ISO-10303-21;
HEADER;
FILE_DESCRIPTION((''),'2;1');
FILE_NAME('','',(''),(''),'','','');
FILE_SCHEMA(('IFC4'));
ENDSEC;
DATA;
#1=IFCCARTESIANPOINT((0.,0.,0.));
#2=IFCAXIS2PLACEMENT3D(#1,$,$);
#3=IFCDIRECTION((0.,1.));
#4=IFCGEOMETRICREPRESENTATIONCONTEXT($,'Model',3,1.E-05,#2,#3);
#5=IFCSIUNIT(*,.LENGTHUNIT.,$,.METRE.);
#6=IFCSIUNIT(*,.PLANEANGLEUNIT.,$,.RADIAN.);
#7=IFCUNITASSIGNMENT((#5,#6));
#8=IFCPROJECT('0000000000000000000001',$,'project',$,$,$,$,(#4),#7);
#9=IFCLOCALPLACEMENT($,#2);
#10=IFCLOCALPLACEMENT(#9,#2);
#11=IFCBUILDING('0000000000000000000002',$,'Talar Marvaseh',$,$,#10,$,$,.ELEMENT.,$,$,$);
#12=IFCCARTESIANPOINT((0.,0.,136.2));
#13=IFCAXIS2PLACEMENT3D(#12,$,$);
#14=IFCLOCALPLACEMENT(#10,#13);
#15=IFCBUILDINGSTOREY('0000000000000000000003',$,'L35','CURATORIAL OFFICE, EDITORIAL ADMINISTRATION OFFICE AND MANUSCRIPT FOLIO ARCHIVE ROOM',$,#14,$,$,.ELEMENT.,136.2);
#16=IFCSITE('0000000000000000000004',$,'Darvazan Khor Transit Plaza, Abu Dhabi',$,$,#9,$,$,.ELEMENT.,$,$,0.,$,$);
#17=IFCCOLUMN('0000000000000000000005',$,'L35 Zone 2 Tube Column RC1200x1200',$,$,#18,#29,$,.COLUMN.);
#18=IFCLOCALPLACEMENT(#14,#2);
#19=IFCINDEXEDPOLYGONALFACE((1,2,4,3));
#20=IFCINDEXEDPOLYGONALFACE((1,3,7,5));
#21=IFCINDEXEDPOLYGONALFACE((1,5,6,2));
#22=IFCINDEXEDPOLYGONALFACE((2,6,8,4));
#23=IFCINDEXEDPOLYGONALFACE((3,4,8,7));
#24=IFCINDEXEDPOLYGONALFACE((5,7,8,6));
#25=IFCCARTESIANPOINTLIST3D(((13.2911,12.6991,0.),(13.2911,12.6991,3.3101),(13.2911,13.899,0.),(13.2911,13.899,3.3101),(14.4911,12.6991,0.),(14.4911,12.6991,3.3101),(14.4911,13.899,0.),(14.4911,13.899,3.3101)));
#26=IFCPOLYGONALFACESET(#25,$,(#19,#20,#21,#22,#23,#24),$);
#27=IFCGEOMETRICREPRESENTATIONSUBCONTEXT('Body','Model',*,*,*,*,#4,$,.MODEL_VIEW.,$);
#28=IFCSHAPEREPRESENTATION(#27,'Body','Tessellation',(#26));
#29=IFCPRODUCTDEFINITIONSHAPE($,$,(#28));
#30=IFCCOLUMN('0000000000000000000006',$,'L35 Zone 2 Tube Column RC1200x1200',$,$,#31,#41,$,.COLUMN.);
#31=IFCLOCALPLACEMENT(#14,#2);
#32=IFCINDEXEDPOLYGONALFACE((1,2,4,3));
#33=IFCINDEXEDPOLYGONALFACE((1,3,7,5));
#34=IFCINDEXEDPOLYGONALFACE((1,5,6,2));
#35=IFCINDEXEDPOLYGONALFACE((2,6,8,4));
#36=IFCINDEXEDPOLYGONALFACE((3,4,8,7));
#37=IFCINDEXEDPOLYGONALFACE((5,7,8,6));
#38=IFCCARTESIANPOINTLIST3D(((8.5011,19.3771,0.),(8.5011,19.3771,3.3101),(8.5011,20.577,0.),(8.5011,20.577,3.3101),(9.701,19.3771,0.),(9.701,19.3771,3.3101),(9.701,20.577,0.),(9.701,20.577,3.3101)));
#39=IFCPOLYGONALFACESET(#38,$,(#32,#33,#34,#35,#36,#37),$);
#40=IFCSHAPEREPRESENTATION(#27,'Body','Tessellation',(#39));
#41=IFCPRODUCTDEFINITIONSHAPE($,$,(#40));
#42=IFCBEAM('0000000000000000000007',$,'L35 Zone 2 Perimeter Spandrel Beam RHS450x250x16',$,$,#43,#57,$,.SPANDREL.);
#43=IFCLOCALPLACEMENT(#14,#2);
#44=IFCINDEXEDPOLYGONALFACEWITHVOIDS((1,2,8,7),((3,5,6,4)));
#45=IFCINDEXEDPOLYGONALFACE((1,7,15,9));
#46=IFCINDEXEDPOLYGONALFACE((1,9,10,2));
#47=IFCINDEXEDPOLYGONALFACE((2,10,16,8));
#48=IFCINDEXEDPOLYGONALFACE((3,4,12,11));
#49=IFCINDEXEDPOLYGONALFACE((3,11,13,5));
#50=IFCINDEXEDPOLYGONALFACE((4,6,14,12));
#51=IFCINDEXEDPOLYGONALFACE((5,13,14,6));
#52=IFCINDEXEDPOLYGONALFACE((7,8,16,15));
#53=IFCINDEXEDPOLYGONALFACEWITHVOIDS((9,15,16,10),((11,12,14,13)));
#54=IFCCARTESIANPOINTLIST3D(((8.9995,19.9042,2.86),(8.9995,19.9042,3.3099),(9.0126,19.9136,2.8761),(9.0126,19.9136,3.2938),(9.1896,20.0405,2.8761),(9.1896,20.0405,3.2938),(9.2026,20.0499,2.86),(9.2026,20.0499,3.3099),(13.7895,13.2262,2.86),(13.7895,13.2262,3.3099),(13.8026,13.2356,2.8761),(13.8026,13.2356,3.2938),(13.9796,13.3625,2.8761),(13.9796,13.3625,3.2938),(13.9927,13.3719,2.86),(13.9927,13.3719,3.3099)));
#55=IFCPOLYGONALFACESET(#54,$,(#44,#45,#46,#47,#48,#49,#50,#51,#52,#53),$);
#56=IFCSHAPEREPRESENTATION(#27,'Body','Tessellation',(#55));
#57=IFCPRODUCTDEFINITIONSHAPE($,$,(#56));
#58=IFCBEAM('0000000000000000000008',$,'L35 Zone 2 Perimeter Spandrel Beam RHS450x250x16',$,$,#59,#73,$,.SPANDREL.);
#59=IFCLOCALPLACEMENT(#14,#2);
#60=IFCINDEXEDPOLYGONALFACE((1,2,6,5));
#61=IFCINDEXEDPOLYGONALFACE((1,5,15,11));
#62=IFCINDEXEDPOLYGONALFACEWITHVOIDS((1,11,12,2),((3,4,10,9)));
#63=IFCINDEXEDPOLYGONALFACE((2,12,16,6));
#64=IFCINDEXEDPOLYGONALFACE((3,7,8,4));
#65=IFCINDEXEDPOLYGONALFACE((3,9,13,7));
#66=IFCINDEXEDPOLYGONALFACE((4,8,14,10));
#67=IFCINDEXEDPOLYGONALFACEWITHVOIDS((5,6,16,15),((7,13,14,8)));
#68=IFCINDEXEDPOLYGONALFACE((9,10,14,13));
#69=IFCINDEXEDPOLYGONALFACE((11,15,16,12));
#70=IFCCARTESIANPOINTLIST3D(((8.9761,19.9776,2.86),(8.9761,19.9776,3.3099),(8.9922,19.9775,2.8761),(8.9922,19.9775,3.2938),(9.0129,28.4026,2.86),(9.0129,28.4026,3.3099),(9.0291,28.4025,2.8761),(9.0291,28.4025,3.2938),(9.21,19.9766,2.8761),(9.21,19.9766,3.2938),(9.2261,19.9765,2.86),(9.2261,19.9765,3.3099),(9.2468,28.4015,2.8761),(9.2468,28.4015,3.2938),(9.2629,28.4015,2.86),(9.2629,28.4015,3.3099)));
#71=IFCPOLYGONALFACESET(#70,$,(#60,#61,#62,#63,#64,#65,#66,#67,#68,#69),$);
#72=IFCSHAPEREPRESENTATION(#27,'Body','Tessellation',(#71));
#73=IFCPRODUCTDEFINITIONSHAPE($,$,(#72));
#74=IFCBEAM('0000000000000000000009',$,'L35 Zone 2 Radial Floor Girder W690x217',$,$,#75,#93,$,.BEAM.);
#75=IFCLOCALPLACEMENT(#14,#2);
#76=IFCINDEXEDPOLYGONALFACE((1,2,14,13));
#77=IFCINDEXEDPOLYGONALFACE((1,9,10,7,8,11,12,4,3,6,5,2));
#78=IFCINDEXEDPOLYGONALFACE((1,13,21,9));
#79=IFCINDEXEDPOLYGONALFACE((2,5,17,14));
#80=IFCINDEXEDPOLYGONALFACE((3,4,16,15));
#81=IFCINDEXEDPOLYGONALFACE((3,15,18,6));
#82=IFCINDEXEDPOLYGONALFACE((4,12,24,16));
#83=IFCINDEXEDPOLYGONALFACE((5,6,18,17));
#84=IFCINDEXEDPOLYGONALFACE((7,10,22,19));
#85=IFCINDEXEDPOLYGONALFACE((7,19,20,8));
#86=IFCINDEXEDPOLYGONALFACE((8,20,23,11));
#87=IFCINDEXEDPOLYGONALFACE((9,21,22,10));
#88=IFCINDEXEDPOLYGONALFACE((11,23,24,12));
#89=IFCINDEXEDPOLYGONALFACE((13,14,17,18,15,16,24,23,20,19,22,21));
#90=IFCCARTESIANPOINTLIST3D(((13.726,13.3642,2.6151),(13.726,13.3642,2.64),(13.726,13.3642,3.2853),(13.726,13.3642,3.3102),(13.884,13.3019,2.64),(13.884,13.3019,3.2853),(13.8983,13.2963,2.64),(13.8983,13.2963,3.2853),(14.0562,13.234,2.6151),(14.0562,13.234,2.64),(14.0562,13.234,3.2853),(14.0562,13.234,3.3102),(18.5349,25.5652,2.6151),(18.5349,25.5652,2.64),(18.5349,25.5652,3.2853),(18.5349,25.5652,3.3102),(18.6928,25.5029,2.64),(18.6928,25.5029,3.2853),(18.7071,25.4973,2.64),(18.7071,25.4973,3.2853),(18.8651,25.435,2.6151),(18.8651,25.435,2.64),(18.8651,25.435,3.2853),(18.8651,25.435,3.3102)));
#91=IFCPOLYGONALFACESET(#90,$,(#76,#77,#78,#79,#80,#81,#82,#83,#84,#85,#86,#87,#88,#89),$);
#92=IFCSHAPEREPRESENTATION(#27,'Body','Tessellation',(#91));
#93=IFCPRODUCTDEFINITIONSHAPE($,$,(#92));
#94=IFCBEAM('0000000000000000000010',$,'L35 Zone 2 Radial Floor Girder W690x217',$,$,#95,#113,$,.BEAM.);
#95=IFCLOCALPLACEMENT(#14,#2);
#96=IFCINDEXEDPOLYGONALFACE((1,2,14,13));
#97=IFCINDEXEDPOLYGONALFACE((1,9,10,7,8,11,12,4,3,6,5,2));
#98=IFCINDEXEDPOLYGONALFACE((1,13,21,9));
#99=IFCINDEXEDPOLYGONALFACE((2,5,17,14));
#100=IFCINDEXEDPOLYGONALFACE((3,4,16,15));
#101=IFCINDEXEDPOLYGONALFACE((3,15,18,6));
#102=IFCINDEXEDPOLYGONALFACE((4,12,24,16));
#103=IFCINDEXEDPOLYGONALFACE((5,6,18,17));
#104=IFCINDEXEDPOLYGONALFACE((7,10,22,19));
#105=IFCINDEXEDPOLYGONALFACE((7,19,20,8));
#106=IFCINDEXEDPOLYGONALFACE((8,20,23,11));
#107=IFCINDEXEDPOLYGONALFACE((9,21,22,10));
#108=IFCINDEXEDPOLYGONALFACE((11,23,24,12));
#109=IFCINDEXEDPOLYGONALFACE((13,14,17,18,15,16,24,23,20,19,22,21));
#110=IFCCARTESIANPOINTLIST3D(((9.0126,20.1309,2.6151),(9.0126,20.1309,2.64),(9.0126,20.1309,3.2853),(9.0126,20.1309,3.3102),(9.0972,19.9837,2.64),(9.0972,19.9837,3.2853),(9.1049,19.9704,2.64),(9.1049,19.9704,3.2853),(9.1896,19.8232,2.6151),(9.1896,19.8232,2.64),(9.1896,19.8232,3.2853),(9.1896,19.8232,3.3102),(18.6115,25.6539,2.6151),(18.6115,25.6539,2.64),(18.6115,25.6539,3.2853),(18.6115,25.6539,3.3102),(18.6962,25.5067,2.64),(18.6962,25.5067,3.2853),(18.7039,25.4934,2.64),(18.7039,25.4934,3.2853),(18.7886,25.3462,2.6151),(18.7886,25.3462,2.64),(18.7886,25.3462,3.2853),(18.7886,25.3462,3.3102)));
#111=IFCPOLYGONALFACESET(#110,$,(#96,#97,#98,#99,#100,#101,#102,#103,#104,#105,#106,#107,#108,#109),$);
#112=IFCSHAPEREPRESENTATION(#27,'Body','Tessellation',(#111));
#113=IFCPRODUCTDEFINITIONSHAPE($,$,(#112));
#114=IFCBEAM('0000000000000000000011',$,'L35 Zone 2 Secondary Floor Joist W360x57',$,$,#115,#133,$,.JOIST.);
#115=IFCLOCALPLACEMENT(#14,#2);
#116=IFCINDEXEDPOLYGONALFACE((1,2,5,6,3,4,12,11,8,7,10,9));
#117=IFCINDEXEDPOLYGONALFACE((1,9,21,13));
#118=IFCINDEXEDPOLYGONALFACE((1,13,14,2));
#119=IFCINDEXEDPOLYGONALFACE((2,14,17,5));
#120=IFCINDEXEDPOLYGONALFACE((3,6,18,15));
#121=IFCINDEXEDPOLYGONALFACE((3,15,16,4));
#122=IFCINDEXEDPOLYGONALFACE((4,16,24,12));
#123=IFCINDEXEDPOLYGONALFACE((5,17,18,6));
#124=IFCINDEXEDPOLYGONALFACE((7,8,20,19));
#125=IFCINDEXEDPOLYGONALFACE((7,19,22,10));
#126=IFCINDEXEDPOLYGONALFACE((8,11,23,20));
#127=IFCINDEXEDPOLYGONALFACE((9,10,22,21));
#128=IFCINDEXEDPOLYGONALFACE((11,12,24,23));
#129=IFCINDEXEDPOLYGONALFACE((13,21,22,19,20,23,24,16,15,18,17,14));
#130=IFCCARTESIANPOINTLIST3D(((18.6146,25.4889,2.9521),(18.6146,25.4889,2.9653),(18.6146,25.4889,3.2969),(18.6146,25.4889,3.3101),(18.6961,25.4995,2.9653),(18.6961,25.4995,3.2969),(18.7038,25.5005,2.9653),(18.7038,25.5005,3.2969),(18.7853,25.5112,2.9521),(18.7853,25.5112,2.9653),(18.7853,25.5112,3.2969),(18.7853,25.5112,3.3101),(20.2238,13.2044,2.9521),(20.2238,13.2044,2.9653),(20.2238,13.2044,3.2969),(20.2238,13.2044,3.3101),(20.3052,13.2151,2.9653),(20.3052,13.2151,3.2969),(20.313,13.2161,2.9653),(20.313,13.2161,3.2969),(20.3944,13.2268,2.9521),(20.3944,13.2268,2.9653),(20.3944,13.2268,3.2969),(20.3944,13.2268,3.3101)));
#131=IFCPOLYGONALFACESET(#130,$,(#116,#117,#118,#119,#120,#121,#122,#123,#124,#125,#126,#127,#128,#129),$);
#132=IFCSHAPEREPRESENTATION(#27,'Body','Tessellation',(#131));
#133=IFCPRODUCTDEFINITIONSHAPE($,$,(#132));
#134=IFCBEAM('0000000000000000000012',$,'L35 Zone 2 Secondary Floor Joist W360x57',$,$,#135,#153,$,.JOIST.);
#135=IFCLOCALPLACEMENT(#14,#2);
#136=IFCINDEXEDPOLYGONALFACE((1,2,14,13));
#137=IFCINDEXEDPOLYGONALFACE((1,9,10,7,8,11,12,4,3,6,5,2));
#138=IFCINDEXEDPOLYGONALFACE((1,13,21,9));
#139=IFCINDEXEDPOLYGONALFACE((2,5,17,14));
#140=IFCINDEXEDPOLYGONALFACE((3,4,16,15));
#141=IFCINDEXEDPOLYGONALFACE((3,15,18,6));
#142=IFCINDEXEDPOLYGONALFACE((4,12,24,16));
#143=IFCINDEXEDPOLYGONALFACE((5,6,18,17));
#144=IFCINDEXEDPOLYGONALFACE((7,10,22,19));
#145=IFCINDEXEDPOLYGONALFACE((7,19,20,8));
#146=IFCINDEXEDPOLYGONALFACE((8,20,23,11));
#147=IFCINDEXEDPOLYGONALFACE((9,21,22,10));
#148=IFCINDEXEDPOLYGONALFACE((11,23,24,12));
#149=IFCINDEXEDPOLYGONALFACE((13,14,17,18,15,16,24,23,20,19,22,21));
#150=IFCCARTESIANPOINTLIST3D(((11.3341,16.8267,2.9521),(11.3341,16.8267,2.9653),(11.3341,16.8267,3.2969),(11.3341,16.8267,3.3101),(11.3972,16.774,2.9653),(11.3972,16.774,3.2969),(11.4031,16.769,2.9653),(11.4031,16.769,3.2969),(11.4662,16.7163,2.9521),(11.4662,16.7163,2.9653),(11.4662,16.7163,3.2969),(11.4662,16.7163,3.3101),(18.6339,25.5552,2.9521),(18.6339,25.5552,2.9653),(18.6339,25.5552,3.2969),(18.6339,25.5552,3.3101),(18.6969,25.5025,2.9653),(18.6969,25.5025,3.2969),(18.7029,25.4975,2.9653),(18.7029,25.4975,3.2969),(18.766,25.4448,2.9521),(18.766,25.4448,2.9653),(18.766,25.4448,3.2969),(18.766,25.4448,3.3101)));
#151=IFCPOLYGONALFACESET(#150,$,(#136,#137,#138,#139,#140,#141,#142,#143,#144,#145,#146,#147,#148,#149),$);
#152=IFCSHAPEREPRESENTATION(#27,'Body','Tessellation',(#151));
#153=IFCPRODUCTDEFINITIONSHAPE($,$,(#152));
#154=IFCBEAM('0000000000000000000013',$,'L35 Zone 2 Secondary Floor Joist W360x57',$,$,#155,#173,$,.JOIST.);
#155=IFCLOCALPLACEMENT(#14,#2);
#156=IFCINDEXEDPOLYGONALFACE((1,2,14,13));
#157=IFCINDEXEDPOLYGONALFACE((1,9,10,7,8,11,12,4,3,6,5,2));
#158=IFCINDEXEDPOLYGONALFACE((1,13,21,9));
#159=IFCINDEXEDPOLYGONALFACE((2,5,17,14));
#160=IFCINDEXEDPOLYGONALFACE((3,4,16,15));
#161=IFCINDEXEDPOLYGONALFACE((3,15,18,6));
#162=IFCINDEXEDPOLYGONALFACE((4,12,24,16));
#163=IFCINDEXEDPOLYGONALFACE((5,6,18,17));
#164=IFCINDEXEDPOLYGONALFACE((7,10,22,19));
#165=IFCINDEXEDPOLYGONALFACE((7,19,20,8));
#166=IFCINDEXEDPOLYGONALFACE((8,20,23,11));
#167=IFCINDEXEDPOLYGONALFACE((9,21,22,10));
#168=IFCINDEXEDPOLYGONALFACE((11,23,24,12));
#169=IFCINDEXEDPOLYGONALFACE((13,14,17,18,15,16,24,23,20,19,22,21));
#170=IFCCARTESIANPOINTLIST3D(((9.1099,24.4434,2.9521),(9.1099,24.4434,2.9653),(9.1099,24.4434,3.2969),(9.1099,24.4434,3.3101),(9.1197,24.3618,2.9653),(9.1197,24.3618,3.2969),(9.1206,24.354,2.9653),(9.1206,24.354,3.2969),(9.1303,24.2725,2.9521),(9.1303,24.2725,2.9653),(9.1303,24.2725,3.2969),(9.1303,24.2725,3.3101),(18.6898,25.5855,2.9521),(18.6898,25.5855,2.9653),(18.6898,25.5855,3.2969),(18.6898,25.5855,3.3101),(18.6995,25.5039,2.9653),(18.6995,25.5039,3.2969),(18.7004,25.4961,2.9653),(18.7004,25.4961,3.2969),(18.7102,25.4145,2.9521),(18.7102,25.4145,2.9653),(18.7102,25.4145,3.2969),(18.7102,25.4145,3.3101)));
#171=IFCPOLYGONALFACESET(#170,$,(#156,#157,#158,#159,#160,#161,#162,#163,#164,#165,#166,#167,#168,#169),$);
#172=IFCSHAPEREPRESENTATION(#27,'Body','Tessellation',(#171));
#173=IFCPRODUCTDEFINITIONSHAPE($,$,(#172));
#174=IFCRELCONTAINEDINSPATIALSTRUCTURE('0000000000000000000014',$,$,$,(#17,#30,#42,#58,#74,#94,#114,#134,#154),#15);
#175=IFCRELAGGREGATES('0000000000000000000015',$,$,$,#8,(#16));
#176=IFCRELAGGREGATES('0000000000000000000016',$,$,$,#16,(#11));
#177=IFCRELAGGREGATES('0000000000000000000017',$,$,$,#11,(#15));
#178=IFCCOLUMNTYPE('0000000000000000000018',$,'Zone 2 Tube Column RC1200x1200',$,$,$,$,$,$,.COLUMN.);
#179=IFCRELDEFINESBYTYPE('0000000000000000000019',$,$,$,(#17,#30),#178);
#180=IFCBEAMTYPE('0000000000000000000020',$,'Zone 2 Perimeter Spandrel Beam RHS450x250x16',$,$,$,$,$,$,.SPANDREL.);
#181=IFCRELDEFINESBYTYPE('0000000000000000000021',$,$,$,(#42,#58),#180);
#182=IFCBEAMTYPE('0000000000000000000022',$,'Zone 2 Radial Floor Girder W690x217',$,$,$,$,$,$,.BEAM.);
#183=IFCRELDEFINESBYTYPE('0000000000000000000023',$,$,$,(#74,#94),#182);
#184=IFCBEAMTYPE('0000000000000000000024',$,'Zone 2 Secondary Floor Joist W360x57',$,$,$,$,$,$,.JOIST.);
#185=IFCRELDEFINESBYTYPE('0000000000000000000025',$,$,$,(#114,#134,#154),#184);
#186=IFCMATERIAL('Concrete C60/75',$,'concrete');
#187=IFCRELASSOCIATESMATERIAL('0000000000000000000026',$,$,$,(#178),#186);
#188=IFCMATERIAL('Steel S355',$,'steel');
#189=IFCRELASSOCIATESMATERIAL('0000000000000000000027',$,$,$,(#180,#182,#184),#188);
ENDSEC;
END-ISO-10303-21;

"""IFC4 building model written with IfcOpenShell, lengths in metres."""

from ifc_helpers import new_model, si_unit, direction, frame, origin, origin_2d, place, context, subcontext, project, spatial, rectangle, hollow_rectangle, i_section, extrude, material, material_profile, profile_set, type_object, element, save


model = new_model("IFC4")

# Units and contexts
model_context = context("Model", 3, precision=1e-05, world=origin(), true_north=direction((0.0, 1.0)))
body_context = subcontext(model_context, "Body", "Model", "MODEL_VIEW")
ifc_project = project(units=[si_unit("LENGTHUNIT", "METRE"), si_unit("PLANEANGLEUNIT", "RADIAN")], contexts=[model_context])

# Site, building, storey
site_placement = place(None, origin())
site = spatial("IfcSite", under=ifc_project, at=site_placement, Name="Darvazan Khor Transit Plaza, Abu Dhabi", CompositionType="ELEMENT", RefElevation=0.0)
building_placement = place(site_placement, origin())
building = spatial("IfcBuilding", under=site, at=building_placement, Name="Talar Marvaseh", CompositionType="ELEMENT")
storey_placement = place(building_placement, frame((0.0, 0.0, 136.2)))
storey = spatial("IfcBuildingStorey", under=building, at=storey_placement, Name="L35", Description="CURATORIAL OFFICE, EDITORIAL ADMINISTRATION OFFICE AND MANUSCRIPT FOLIO ARCHIVE ROOM", CompositionType="ELEMENT", Elevation=136.2)

# Columns
ifc_material_1 = material(Name="Concrete C60/75", Category="concrete")
ifc_material_profile_1 = material_profile(ifc_material_1, rectangle(XDim=1.2, YDim=1.2, at=origin_2d()), Name="RC1200x1200")
ifc_profile_set_1 = profile_set([ifc_material_profile_1], Name="Concrete C60/75")
column_type = type_object("IfcColumnType", Name="Zone 2 Tube Column RC1200x1200", PredefinedType="COLUMN", material=ifc_profile_set_1)
for number, where, z_axis, x_axis, name in (
    (1, (13.8911, 13.2991, 0.0), (0.0, 0.0, 1.0), (1.0, 0.0, 0.0), "L35 Zone 2 Tube Column RC1200x1200"),
    (2, (9.1011, 19.9771, 0.0), (0.0, 0.0, 1.0), (1.0, 0.0, 0.0), "L35 Zone 2 Tube Column RC1200x1200"),
):
    element("IfcColumn", number, at=place(storey_placement, frame(where, z_axis=z_axis, x_axis=x_axis)), inside=storey, type_object=column_type, Name=name, PredefinedType="COLUMN", context=body_context, shape_type="SweptSolid", body=[
        extrude(rectangle(XDim=1.2, YDim=1.2, at=origin_2d()), origin(), (0.0, 0.0, 1.0), 3.3101),
    ])

# Beams
ifc_material_2 = material(Name="Steel S355", Category="steel")
ifc_material_profile_2 = material_profile(ifc_material_2, hollow_rectangle(XDim=0.25, YDim=0.45, WallThickness=0.0161, at=origin_2d()), Name="RHS450x250x16")
ifc_profile_set_2 = profile_set([ifc_material_profile_2], Name="Steel S355")
beam_type_1 = type_object("IfcBeamType", Name="Zone 2 Perimeter Spandrel Beam RHS450x250x16", PredefinedType="SPANDREL", material=ifc_profile_set_2)
beam_1_placement = place(storey_placement, frame((13.8911, 13.2991, 3.085), z_axis=(-0.582853, 0.812578, 0.0), x_axis=(-0.812578, -0.582853, 0.0)))
element("IfcBeam", 3, at=beam_1_placement, inside=storey, type_object=beam_type_1, Name="L35 Zone 2 Perimeter Spandrel Beam RHS450x250x16", PredefinedType="SPANDREL", context=body_context, shape_type="SweptSolid", body=[
    extrude(hollow_rectangle(XDim=0.25, YDim=0.45, WallThickness=0.0161, at=origin_2d()), origin(), (0.0, 0.0, 1.0), 8.2183),
])
beam_2_placement = place(storey_placement, frame((9.1011, 19.9771, 3.085), z_axis=(0.004376, 0.99999, 0.0), x_axis=(-0.99999, 0.004376, 0.0)))
element("IfcBeam", 4, at=beam_2_placement, inside=storey, type_object=beam_type_1, Name="L35 Zone 2 Perimeter Spandrel Beam RHS450x250x16", PredefinedType="SPANDREL", context=body_context, shape_type="SweptSolid", body=[
    extrude(hollow_rectangle(XDim=0.25, YDim=0.45, WallThickness=0.0161, at=origin_2d()), origin(), (0.0, 0.0, 1.0), 8.425),
])
ifc_material_profile_3 = material_profile(ifc_material_2, i_section(OverallWidth=0.355, OverallDepth=0.6951, WebThickness=0.0154, FlangeThickness=0.0249, at=origin_2d()), Name="W690x217")
ifc_profile_set_3 = profile_set([ifc_material_profile_3], Name="Steel S355")
beam_type_2 = type_object("IfcBeamType", Name="Zone 2 Radial Floor Girder W690x217", PredefinedType="BEAM", material=ifc_profile_set_3)
beam_3_placement = place(storey_placement, frame((13.8911, 13.2991, 2.9626), z_axis=(0.366684, 0.930346, 0.0), x_axis=(-0.930346, 0.366684, 0.0)))
element("IfcBeam", 5, at=beam_3_placement, inside=storey, type_object=beam_type_2, Name="L35 Zone 2 Radial Floor Girder W690x217", PredefinedType="BEAM", context=body_context, shape_type="SweptSolid", body=[
    extrude(i_section(OverallWidth=0.355, OverallDepth=0.6951, WebThickness=0.0154, FlangeThickness=0.0249, at=origin_2d()), origin(), (0.0, 0.0, 1.0), 13.1145),
])
beam_4_placement = place(storey_placement, frame((9.1011, 19.9771, 2.9626), z_axis=(0.866766, 0.498715, 0.0), x_axis=(-0.498715, 0.866766, 0.0)))
element("IfcBeam", 6, at=beam_4_placement, inside=storey, type_object=beam_type_2, Name="L35 Zone 2 Radial Floor Girder W690x217", PredefinedType="BEAM", context=body_context, shape_type="SweptSolid", body=[
    extrude(i_section(OverallWidth=0.355, OverallDepth=0.6951, WebThickness=0.0154, FlangeThickness=0.0249, at=origin_2d()), origin(), (0.0, 0.0, 1.0), 11.0745),
])
ifc_material_profile_4 = material_profile(ifc_material_2, i_section(OverallWidth=0.1721, OverallDepth=0.3579, WebThickness=0.0078, FlangeThickness=0.0132, at=origin_2d()), Name="W360x57")
ifc_profile_set_4 = profile_set([ifc_material_profile_4], Name="Steel S355")
beam_type_3 = type_object("IfcBeamType", Name="Zone 2 Secondary Floor Joist W360x57", PredefinedType="JOIST", material=ifc_profile_set_4)
beam_5_placement = place(storey_placement, frame((20.3091, 13.2156, 3.1311), z_axis=(-0.12988, 0.99153, 0.0), x_axis=(-0.99153, -0.12988, 0.0)))
element("IfcBeam", 7, at=beam_5_placement, inside=storey, type_object=beam_type_3, Name="L35 Zone 2 Secondary Floor Joist W360x57", PredefinedType="JOIST", context=body_context, shape_type="SweptSolid", body=[
    extrude(i_section(OverallWidth=0.1721, OverallDepth=0.3579, WebThickness=0.0078, FlangeThickness=0.0132, at=origin_2d()), origin(), (0.0, 0.0, 1.0), 12.3894),
])
beam_6_placement = place(storey_placement, frame((11.4001, 16.7715, 3.1311), z_axis=(0.641534, 0.767095, 0.0), x_axis=(-0.767095, 0.641534, 0.0)))
element("IfcBeam", 8, at=beam_6_placement, inside=storey, type_object=beam_type_3, Name="L35 Zone 2 Secondary Floor Joist W360x57", PredefinedType="JOIST", context=body_context, shape_type="SweptSolid", body=[
    extrude(i_section(OverallWidth=0.1721, OverallDepth=0.3579, WebThickness=0.0078, FlangeThickness=0.0132, at=origin_2d()), origin(), (0.0, 0.0, 1.0), 11.3787),
])
beam_7_placement = place(storey_placement, frame((9.1201, 24.3579, 3.1311), z_axis=(0.992968, 0.11838, 0.0), x_axis=(-0.11838, 0.992968, 0.0)))
element("IfcBeam", 9, at=beam_7_placement, inside=storey, type_object=beam_type_3, Name="L35 Zone 2 Secondary Floor Joist W360x57", PredefinedType="JOIST", context=body_context, shape_type="SweptSolid", body=[
    extrude(i_section(OverallWidth=0.1721, OverallDepth=0.3579, WebThickness=0.0078, FlangeThickness=0.0132, at=origin_2d()), origin(), (0.0, 0.0, 1.0), 9.6477),
])

save(model, "model.ifc")
